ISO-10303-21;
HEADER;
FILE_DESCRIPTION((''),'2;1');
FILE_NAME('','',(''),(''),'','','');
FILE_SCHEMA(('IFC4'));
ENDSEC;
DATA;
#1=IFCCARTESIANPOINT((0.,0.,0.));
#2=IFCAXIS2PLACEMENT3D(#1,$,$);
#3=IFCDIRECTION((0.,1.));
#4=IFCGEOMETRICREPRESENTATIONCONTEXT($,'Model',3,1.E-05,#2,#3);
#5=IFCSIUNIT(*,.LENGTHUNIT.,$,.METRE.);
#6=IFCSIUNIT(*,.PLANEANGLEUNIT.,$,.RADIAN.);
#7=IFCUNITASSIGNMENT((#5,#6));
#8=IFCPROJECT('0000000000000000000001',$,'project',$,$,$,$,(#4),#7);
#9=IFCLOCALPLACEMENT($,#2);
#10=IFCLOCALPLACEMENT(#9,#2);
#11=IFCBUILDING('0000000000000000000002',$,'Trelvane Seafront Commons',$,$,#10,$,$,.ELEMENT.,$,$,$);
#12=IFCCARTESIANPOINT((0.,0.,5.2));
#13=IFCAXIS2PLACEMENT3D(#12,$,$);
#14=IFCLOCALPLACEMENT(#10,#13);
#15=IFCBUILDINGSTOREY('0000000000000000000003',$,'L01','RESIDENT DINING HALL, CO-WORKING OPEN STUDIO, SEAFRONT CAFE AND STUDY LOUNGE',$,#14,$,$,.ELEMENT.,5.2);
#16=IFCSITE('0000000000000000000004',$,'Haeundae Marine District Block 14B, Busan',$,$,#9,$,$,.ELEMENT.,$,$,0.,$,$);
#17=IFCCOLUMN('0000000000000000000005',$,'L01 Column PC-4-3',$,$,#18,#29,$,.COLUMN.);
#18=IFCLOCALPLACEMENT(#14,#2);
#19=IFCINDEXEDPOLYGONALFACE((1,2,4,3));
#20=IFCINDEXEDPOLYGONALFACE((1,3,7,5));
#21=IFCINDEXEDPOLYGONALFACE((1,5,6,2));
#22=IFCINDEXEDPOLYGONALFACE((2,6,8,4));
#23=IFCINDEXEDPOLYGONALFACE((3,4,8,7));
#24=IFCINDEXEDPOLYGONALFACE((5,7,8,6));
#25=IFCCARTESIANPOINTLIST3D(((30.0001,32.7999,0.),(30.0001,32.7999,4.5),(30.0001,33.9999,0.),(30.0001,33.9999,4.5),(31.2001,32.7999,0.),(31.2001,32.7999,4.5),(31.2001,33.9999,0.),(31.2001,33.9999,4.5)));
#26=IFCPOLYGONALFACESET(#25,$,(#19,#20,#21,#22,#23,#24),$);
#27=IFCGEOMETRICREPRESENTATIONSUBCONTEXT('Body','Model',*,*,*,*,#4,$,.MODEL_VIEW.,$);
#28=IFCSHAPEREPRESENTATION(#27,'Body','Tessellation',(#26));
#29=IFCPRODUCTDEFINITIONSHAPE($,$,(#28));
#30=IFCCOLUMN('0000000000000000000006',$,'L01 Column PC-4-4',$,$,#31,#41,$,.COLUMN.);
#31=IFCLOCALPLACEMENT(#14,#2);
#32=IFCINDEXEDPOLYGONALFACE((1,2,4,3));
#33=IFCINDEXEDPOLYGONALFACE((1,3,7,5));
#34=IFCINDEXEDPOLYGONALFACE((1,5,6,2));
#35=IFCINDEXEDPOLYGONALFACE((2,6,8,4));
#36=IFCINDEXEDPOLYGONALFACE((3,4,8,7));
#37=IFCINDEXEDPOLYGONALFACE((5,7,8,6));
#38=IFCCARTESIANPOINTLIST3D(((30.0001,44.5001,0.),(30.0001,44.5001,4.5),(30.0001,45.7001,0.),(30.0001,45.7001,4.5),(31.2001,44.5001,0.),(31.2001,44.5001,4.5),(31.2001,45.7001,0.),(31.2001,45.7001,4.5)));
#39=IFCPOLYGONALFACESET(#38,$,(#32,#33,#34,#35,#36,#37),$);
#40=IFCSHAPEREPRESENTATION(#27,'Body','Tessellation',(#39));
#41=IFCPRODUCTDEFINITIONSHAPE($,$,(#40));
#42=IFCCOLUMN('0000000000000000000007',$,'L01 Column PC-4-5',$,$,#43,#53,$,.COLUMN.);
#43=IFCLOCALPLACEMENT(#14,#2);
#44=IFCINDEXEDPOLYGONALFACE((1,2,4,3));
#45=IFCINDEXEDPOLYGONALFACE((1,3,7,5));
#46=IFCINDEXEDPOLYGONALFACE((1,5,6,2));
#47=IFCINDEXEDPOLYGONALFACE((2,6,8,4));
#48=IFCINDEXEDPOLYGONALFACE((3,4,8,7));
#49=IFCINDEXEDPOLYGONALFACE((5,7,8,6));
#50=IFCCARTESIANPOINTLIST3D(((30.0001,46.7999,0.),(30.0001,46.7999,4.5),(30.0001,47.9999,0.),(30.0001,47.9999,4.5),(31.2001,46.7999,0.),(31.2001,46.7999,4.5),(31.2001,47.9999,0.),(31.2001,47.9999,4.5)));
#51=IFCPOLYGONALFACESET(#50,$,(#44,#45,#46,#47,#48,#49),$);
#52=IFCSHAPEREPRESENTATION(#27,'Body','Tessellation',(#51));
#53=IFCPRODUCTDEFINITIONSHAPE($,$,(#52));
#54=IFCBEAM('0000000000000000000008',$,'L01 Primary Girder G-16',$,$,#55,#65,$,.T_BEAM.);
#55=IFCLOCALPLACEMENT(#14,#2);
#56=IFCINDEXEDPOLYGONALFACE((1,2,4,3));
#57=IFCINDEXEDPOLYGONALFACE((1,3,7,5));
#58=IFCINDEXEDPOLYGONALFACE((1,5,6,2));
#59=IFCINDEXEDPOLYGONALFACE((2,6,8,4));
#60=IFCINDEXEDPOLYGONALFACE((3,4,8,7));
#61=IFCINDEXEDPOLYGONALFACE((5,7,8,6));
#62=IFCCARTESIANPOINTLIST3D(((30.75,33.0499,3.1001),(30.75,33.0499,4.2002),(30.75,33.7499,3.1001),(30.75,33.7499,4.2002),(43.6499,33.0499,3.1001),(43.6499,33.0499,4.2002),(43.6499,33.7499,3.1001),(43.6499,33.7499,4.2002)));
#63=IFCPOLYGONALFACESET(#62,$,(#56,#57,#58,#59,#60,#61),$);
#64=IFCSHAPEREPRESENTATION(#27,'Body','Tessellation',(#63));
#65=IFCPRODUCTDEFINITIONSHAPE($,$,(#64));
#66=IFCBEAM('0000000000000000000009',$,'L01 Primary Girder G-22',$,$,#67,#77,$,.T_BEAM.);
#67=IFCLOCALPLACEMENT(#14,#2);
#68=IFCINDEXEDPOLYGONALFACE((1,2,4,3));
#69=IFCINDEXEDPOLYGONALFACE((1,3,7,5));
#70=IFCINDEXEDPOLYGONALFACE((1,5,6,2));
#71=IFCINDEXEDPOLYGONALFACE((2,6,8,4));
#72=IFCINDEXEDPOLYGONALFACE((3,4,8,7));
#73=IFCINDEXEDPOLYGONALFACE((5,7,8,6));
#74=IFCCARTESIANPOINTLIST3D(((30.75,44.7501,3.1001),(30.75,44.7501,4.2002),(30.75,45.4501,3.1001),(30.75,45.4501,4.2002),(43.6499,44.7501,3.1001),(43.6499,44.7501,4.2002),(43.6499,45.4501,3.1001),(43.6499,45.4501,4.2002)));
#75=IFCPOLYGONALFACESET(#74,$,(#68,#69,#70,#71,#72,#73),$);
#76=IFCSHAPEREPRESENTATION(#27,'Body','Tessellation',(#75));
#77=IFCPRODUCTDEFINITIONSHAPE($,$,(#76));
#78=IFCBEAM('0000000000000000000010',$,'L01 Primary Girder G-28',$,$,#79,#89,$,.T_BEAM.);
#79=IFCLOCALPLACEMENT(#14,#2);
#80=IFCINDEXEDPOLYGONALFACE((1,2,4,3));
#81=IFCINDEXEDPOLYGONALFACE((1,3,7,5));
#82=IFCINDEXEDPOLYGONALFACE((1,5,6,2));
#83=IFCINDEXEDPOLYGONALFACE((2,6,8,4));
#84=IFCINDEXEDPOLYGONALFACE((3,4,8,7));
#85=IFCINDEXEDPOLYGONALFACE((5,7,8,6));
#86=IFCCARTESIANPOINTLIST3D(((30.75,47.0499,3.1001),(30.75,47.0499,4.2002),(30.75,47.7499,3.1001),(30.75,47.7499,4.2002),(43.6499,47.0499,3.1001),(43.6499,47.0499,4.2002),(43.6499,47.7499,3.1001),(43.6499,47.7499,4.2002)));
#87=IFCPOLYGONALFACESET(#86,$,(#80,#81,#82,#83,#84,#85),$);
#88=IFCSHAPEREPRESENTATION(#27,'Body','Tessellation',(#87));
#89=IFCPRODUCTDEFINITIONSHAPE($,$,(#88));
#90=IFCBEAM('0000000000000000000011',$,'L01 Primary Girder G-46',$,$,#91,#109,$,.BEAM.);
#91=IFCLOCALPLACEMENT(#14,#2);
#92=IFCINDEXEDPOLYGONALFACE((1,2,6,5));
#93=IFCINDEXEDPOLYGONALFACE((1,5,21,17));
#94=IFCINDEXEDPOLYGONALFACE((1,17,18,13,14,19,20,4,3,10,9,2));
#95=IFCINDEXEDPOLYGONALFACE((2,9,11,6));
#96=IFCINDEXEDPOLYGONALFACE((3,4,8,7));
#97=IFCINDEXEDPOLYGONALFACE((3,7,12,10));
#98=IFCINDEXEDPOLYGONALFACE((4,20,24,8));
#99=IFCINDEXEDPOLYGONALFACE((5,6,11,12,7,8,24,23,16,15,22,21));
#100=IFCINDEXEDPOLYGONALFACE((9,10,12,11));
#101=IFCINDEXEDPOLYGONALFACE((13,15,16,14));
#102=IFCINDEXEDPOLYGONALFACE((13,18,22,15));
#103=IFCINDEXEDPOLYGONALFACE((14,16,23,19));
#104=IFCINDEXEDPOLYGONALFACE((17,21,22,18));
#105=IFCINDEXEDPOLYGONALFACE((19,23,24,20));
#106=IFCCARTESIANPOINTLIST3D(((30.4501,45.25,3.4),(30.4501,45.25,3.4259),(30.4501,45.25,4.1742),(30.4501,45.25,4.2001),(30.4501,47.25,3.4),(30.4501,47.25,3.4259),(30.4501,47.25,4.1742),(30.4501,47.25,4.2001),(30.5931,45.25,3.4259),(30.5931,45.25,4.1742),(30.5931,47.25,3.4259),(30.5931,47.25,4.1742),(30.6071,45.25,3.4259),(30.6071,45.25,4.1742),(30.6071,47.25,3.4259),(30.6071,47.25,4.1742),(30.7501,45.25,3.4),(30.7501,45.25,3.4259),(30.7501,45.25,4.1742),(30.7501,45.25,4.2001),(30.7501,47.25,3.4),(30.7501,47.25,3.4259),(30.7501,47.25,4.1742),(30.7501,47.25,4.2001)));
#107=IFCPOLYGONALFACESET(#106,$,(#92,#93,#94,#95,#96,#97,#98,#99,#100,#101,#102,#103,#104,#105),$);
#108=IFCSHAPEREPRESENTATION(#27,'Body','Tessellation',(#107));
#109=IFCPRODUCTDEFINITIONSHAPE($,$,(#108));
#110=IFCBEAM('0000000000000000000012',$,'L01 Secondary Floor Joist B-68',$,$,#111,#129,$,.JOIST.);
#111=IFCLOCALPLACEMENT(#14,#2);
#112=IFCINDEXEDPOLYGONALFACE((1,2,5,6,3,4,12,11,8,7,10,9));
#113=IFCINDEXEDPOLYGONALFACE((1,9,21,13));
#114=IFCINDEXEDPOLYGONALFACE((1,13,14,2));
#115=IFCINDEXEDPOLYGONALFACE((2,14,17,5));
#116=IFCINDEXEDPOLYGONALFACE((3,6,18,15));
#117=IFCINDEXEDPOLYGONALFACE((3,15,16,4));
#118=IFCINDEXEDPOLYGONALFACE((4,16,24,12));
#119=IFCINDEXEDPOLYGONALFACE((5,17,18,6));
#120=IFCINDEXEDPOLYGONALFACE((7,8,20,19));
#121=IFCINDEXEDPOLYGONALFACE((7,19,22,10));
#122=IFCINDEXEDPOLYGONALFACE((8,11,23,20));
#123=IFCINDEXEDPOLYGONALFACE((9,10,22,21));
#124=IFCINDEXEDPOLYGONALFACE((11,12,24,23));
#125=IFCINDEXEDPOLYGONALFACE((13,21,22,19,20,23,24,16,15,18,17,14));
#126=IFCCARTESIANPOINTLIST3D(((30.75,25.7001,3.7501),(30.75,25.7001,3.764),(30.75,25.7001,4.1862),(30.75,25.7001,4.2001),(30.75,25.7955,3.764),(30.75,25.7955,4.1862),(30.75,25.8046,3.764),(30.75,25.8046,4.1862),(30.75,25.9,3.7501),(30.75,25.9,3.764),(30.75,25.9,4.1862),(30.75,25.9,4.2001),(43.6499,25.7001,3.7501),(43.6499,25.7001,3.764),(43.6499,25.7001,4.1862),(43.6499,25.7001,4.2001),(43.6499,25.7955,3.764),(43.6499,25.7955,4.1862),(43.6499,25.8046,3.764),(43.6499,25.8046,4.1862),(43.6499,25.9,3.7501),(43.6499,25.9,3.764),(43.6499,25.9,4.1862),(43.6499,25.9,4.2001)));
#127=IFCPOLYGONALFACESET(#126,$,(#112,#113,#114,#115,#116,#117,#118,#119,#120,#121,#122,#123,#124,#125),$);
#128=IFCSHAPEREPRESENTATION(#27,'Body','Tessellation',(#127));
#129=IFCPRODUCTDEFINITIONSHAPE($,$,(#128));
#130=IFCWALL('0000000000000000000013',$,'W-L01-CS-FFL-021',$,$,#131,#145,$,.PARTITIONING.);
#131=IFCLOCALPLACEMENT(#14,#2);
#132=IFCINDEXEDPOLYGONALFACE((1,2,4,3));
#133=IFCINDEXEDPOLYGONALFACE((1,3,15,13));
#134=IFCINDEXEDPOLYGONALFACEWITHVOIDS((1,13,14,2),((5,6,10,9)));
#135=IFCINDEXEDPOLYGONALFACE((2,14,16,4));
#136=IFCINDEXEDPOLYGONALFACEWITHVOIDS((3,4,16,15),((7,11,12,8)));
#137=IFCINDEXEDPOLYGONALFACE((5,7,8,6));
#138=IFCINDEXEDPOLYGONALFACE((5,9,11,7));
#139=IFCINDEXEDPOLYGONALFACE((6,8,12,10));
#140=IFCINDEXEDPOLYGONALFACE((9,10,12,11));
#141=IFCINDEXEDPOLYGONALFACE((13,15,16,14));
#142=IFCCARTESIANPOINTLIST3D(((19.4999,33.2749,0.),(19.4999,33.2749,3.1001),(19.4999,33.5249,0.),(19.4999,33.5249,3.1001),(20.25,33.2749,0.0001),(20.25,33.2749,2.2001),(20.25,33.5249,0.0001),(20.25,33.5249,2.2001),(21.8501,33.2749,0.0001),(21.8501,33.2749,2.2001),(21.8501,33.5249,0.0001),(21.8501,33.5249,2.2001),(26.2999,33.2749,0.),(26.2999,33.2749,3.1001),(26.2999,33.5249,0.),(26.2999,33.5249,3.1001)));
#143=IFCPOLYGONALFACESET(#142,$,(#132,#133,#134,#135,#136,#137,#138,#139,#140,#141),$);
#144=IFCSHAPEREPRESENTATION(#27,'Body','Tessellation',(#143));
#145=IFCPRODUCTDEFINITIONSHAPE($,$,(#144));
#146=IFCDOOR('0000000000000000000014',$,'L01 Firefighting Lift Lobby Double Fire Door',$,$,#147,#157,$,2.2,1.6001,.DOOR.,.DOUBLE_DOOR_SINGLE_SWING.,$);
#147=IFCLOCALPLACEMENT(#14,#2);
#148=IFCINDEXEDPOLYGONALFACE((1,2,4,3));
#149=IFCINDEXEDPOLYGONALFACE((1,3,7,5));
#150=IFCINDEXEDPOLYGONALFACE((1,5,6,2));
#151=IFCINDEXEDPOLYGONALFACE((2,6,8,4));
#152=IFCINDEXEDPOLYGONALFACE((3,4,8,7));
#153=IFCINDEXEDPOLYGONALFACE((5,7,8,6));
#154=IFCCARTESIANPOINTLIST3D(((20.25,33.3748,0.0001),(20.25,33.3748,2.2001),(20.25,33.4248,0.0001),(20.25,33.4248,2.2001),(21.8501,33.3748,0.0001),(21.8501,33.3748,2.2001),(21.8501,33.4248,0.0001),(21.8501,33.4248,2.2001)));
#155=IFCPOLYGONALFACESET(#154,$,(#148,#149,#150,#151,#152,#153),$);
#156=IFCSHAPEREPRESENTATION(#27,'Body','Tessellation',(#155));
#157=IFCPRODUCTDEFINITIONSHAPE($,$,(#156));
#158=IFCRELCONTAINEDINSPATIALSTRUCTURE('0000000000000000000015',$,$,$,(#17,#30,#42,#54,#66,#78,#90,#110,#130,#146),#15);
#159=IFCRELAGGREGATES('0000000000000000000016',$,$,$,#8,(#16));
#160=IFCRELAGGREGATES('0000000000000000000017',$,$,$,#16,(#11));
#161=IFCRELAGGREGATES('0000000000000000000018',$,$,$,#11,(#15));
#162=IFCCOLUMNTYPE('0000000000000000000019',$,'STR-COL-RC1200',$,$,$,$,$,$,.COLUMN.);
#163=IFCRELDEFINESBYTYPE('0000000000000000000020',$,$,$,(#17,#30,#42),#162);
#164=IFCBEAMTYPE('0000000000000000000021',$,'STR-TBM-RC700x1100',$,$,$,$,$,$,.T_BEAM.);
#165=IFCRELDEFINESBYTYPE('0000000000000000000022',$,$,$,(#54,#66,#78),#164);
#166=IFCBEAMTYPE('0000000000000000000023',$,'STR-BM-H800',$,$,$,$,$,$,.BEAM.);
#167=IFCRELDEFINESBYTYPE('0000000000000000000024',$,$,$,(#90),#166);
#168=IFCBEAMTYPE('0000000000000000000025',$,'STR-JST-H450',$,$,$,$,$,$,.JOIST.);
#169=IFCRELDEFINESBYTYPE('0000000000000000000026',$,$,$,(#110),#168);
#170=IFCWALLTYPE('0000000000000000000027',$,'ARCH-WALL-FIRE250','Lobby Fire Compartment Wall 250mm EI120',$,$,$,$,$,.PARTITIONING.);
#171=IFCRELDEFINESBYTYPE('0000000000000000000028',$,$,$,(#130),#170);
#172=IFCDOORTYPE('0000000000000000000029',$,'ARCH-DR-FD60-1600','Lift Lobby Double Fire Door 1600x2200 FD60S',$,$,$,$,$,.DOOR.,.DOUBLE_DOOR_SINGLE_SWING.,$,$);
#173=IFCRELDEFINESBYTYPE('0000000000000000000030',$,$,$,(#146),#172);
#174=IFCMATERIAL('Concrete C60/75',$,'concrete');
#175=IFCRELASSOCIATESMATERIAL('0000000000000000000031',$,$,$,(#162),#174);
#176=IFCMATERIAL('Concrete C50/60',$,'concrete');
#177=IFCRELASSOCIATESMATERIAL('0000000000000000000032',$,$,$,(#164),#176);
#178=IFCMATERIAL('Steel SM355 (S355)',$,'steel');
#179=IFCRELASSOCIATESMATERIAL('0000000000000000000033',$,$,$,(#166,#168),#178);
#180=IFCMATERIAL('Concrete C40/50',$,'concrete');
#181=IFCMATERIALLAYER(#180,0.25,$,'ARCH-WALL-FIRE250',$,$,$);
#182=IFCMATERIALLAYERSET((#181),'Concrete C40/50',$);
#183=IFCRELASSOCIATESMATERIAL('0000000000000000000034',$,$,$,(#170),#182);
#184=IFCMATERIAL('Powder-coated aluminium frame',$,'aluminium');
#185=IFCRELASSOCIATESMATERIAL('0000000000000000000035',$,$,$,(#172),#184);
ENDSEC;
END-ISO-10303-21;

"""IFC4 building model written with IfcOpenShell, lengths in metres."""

from ifc_helpers import new_model, si_unit, direction, frame, frame_2d, origin, origin_2d, place, context, subcontext, project, spatial, rectangle, i_section, extrude, source, transform, mapped, material, layer, layer_set, material_profile, profile_set, type_object, element, fill, save


model = new_model("IFC4")

# Units and contexts
model_context = context("Model", 3, precision=1e-05, world=origin(), true_north=direction((0.0, 1.0)))
body_context = subcontext(model_context, "Body", "Model", "MODEL_VIEW")
ifc_project = project(units=[si_unit("LENGTHUNIT", "METRE"), si_unit("PLANEANGLEUNIT", "RADIAN")], contexts=[model_context])

# Site, building, storey
site_placement = place(None, origin())
site = spatial("IfcSite", under=ifc_project, at=site_placement, Name="Haeundae Marine District Block 14B, Busan", CompositionType="ELEMENT", RefElevation=0.0)
building_placement = place(site_placement, origin())
building = spatial("IfcBuilding", under=site, at=building_placement, Name="Trelvane Seafront Commons", CompositionType="ELEMENT")
storey_placement = place(building_placement, frame((0.0, 0.0, 5.2)))
storey = spatial("IfcBuildingStorey", under=building, at=storey_placement, Name="L01", Description="RESIDENT DINING HALL, CO-WORKING OPEN STUDIO, SEAFRONT CAFE AND STUDY LOUNGE", CompositionType="ELEMENT", Elevation=5.2)

# Columns
ifc_material_1 = material(Name="Concrete C60/75", Category="concrete")
ifc_material_profile_1 = material_profile(ifc_material_1, rectangle(XDim=1.2, YDim=1.2, at=origin_2d()), Name="RC-1200x1200")
ifc_profile_set_1 = profile_set([ifc_material_profile_1], Name="Concrete C60/75")
column_type = type_object("IfcColumnType", Name="STR-COL-RC1200", PredefinedType="COLUMN", material=ifc_profile_set_1)
shared_shape_1 = source(origin(), body_context, "Body", "SweptSolid", [
    extrude(rectangle(XDim=1.2, YDim=1.2, at=origin_2d()), origin(), (0.0, 0.0, 1.0), 4.5),
])
for number, where, z_axis, x_axis, name in (
    (1, (30.6001, 33.3999, 0.0), (0.0, 0.0, 1.0), (1.0, 0.0, 0.0), "L01 Column PC-4-3"),
    (2, (30.6001, 45.1001, 0.0), (0.0, 0.0, 1.0), (1.0, 0.0, 0.0), "L01 Column PC-4-4"),
    (3, (30.6001, 47.3999, 0.0), (0.0, 0.0, 1.0), (1.0, 0.0, 0.0), "L01 Column PC-4-5"),
):
    element("IfcColumn", number, at=place(storey_placement, frame(where, z_axis=z_axis, x_axis=x_axis)), inside=storey, type_object=column_type, Name=name, PredefinedType="COLUMN", context=body_context, shape_type="MappedRepresentation", body=[
        mapped(shared_shape_1, transform((0.0, 0.0, 0.0), x_axis=(1.0, 0.0, 0.0), y_axis=(0.0, 1.0, 0.0), z_axis=(0.0, 0.0, 1.0), scale=1.0)),
    ])

# Beams
ifc_material_2 = material(Name="Concrete C50/60", Category="concrete")
ifc_material_profile_2 = material_profile(ifc_material_2, rectangle(XDim=0.7, YDim=1.1001, at=origin_2d()), Name="RC-700x1100")
ifc_profile_set_2 = profile_set([ifc_material_profile_2], Name="Concrete C50/60")
beam_type_1 = type_object("IfcBeamType", Name="STR-TBM-RC700x1100", PredefinedType="T_BEAM", material=ifc_profile_set_2)
shared_shape_2 = source(origin(), body_context, "Body", "SweptSolid", [
    extrude(rectangle(XDim=0.7, YDim=1.1001, at=origin_2d()), origin(), (0.0, 0.0, 1.0), 12.8999),
])
for number, where, z_axis, x_axis, name in (
    (4, (30.75, 33.3999, 3.6501), (1.0, 0.0, 0.0), (0.0, 1.0, 0.0), "L01 Primary Girder G-16"),
    (5, (30.75, 45.1001, 3.6501), (1.0, 0.0, 0.0), (0.0, 1.0, 0.0), "L01 Primary Girder G-22"),
    (6, (30.75, 47.3999, 3.6501), (1.0, 0.0, 0.0), (0.0, 1.0, 0.0), "L01 Primary Girder G-28"),
):
    element("IfcBeam", number, at=place(storey_placement, frame(where, z_axis=z_axis, x_axis=x_axis)), inside=storey, type_object=beam_type_1, Name=name, PredefinedType="T_BEAM", context=body_context, shape_type="MappedRepresentation", body=[
        mapped(shared_shape_2, transform((0.0, 0.0, 0.0), x_axis=(1.0, 0.0, 0.0), y_axis=(0.0, 1.0, 0.0), z_axis=(0.0, 0.0, 1.0), scale=1.0)),
    ])
ifc_material_3 = material(Name="Steel SM355 (S355)", Category="steel")
ifc_material_profile_3 = material_profile(ifc_material_3, i_section(OverallWidth=0.3, OverallDepth=0.8, WebThickness=0.0139, FlangeThickness=0.0259, at=origin_2d()), Name="H-800x300x14x26")
ifc_profile_set_3 = profile_set([ifc_material_profile_3], Name="Steel SM355 (S355)")
beam_type_2 = type_object("IfcBeamType", Name="STR-BM-H800", PredefinedType="BEAM", material=ifc_profile_set_3)
shared_shape_3 = source(origin(), body_context, "Body", "SweptSolid", [
    extrude(i_section(OverallWidth=0.3, OverallDepth=0.8, WebThickness=0.0139, FlangeThickness=0.0259, at=origin_2d()), origin(), (0.0, 0.0, 1.0), 2.0),
])
beam_1_placement = place(storey_placement, frame((30.6001, 45.25, 3.8), z_axis=(0.0, 1.0, 0.0), x_axis=(-1.0, 0.0, 0.0)))
element("IfcBeam", 7, at=beam_1_placement, inside=storey, type_object=beam_type_2, Name="L01 Primary Girder G-46", PredefinedType="BEAM", context=body_context, shape_type="MappedRepresentation", body=[
    mapped(shared_shape_3, transform((0.0, 0.0, 0.0), x_axis=(1.0, 0.0, 0.0), y_axis=(0.0, 1.0, 0.0), z_axis=(0.0, 0.0, 1.0), scale=1.0)),
])
ifc_material_profile_4 = material_profile(ifc_material_3, i_section(OverallWidth=0.2, OverallDepth=0.45, WebThickness=0.009, FlangeThickness=0.0139, at=origin_2d()), Name="H-450x200x9x14")
ifc_profile_set_4 = profile_set([ifc_material_profile_4], Name="Steel SM355 (S355)")
beam_type_3 = type_object("IfcBeamType", Name="STR-JST-H450", PredefinedType="JOIST", material=ifc_profile_set_4)
shared_shape_4 = source(origin(), body_context, "Body", "SweptSolid", [
    extrude(i_section(OverallWidth=0.2, OverallDepth=0.45, WebThickness=0.009, FlangeThickness=0.0139, at=origin_2d()), origin(), (0.0, 0.0, 1.0), 12.8999),
])
beam_2_placement = place(storey_placement, frame((30.75, 25.8, 3.9751), z_axis=(1.0, 0.0, 0.0), x_axis=(0.0, 1.0, 0.0)))
element("IfcBeam", 8, at=beam_2_placement, inside=storey, type_object=beam_type_3, Name="L01 Secondary Floor Joist B-68", PredefinedType="JOIST", context=body_context, shape_type="MappedRepresentation", body=[
    mapped(shared_shape_4, transform((0.0, 0.0, 0.0), x_axis=(1.0, 0.0, 0.0), y_axis=(0.0, 1.0, 0.0), z_axis=(0.0, 0.0, 1.0), scale=1.0)),
])

# Wall, opening, door
ifc_material_4 = material(Name="Concrete C40/50", Category="concrete")
ifc_layer_1 = layer(ifc_material_4, 0.25, Name="ARCH-WALL-FIRE250")
ifc_layer_set_1 = layer_set([ifc_layer_1], Name="Concrete C40/50")
wall_type_1 = type_object("IfcWallType", Name="ARCH-WALL-FIRE250", Description="Lobby Fire Compartment Wall 250mm EI120", PredefinedType="PARTITIONING", material=ifc_layer_set_1)
wall_1_placement = place(storey_placement, frame((19.5, 33.3999, 0.0), z_axis=(0.0, 0.0, 1.0), x_axis=(1.0, 0.0, 0.0)))
wall_1 = element("IfcWall", 9, at=wall_1_placement, inside=storey, type_object=wall_type_1, Name="W-L01-CS-FFL-021", PredefinedType="PARTITIONING", context=body_context, shape_type="SweptSolid", body=[
    extrude(rectangle(XDim=6.8, YDim=0.25, at=frame_2d((3.3999, 0.0))), origin(), (0.0, 0.0, 1.0), 3.1001),
])
opening_1_placement = place(wall_1_placement, frame((0.75, 0.0, 0.0)))
opening_1 = element("IfcOpeningElement", 10, at=opening_1_placement, cuts=wall_1, PredefinedType="OPENING", context=body_context, shape_type="SweptSolid", body=[
    extrude(rectangle(XDim=1.6001, YDim=2.2, at=frame_2d((0.8, 1.1001))), frame((0.0, 0.135, 0.0), z_axis=(0.0, -1.0, 0.0), x_axis=(1.0, 0.0, 0.0)), (0.0, 0.0, 1.0), 0.27),
])
ifc_material_5 = material(Name="Powder-coated aluminium frame", Category="aluminium")
door_type_1 = type_object("IfcDoorType", Name="ARCH-DR-FD60-1600", Description="Lift Lobby Double Fire Door 1600x2200 FD60S", OperationType="DOUBLE_DOOR_SINGLE_SWING", PredefinedType="DOOR", material=ifc_material_5)
shared_shape_5 = source(origin(), body_context, "Body", "SweptSolid", [
    extrude(rectangle(XDim=1.6001, YDim=2.2, at=frame_2d((0.8, 1.1001))), frame((0.0, 0.0249, 0.0), z_axis=(0.0, -1.0, 0.0), x_axis=(1.0, 0.0, 0.0)), (0.0, 0.0, 1.0), 0.05),
])
door_1_placement = place(opening_1_placement, origin())
door_1 = element("IfcDoor", 11, at=door_1_placement, inside=storey, type_object=door_type_1, Name="L01 Firefighting Lift Lobby Double Fire Door", OperationType="DOUBLE_DOOR_SINGLE_SWING", OverallHeight=2.2, OverallWidth=1.6001, PredefinedType="DOOR", context=body_context, shape_type="MappedRepresentation", body=[
    mapped(shared_shape_5, transform((0.0, 0.0, 0.0), x_axis=(1.0, 0.0, 0.0), y_axis=(0.0, 1.0, 0.0), z_axis=(0.0, 0.0, 1.0), scale=1.0)),
])
fill(opening_1, door_1)

save(model, "model.ifc")
